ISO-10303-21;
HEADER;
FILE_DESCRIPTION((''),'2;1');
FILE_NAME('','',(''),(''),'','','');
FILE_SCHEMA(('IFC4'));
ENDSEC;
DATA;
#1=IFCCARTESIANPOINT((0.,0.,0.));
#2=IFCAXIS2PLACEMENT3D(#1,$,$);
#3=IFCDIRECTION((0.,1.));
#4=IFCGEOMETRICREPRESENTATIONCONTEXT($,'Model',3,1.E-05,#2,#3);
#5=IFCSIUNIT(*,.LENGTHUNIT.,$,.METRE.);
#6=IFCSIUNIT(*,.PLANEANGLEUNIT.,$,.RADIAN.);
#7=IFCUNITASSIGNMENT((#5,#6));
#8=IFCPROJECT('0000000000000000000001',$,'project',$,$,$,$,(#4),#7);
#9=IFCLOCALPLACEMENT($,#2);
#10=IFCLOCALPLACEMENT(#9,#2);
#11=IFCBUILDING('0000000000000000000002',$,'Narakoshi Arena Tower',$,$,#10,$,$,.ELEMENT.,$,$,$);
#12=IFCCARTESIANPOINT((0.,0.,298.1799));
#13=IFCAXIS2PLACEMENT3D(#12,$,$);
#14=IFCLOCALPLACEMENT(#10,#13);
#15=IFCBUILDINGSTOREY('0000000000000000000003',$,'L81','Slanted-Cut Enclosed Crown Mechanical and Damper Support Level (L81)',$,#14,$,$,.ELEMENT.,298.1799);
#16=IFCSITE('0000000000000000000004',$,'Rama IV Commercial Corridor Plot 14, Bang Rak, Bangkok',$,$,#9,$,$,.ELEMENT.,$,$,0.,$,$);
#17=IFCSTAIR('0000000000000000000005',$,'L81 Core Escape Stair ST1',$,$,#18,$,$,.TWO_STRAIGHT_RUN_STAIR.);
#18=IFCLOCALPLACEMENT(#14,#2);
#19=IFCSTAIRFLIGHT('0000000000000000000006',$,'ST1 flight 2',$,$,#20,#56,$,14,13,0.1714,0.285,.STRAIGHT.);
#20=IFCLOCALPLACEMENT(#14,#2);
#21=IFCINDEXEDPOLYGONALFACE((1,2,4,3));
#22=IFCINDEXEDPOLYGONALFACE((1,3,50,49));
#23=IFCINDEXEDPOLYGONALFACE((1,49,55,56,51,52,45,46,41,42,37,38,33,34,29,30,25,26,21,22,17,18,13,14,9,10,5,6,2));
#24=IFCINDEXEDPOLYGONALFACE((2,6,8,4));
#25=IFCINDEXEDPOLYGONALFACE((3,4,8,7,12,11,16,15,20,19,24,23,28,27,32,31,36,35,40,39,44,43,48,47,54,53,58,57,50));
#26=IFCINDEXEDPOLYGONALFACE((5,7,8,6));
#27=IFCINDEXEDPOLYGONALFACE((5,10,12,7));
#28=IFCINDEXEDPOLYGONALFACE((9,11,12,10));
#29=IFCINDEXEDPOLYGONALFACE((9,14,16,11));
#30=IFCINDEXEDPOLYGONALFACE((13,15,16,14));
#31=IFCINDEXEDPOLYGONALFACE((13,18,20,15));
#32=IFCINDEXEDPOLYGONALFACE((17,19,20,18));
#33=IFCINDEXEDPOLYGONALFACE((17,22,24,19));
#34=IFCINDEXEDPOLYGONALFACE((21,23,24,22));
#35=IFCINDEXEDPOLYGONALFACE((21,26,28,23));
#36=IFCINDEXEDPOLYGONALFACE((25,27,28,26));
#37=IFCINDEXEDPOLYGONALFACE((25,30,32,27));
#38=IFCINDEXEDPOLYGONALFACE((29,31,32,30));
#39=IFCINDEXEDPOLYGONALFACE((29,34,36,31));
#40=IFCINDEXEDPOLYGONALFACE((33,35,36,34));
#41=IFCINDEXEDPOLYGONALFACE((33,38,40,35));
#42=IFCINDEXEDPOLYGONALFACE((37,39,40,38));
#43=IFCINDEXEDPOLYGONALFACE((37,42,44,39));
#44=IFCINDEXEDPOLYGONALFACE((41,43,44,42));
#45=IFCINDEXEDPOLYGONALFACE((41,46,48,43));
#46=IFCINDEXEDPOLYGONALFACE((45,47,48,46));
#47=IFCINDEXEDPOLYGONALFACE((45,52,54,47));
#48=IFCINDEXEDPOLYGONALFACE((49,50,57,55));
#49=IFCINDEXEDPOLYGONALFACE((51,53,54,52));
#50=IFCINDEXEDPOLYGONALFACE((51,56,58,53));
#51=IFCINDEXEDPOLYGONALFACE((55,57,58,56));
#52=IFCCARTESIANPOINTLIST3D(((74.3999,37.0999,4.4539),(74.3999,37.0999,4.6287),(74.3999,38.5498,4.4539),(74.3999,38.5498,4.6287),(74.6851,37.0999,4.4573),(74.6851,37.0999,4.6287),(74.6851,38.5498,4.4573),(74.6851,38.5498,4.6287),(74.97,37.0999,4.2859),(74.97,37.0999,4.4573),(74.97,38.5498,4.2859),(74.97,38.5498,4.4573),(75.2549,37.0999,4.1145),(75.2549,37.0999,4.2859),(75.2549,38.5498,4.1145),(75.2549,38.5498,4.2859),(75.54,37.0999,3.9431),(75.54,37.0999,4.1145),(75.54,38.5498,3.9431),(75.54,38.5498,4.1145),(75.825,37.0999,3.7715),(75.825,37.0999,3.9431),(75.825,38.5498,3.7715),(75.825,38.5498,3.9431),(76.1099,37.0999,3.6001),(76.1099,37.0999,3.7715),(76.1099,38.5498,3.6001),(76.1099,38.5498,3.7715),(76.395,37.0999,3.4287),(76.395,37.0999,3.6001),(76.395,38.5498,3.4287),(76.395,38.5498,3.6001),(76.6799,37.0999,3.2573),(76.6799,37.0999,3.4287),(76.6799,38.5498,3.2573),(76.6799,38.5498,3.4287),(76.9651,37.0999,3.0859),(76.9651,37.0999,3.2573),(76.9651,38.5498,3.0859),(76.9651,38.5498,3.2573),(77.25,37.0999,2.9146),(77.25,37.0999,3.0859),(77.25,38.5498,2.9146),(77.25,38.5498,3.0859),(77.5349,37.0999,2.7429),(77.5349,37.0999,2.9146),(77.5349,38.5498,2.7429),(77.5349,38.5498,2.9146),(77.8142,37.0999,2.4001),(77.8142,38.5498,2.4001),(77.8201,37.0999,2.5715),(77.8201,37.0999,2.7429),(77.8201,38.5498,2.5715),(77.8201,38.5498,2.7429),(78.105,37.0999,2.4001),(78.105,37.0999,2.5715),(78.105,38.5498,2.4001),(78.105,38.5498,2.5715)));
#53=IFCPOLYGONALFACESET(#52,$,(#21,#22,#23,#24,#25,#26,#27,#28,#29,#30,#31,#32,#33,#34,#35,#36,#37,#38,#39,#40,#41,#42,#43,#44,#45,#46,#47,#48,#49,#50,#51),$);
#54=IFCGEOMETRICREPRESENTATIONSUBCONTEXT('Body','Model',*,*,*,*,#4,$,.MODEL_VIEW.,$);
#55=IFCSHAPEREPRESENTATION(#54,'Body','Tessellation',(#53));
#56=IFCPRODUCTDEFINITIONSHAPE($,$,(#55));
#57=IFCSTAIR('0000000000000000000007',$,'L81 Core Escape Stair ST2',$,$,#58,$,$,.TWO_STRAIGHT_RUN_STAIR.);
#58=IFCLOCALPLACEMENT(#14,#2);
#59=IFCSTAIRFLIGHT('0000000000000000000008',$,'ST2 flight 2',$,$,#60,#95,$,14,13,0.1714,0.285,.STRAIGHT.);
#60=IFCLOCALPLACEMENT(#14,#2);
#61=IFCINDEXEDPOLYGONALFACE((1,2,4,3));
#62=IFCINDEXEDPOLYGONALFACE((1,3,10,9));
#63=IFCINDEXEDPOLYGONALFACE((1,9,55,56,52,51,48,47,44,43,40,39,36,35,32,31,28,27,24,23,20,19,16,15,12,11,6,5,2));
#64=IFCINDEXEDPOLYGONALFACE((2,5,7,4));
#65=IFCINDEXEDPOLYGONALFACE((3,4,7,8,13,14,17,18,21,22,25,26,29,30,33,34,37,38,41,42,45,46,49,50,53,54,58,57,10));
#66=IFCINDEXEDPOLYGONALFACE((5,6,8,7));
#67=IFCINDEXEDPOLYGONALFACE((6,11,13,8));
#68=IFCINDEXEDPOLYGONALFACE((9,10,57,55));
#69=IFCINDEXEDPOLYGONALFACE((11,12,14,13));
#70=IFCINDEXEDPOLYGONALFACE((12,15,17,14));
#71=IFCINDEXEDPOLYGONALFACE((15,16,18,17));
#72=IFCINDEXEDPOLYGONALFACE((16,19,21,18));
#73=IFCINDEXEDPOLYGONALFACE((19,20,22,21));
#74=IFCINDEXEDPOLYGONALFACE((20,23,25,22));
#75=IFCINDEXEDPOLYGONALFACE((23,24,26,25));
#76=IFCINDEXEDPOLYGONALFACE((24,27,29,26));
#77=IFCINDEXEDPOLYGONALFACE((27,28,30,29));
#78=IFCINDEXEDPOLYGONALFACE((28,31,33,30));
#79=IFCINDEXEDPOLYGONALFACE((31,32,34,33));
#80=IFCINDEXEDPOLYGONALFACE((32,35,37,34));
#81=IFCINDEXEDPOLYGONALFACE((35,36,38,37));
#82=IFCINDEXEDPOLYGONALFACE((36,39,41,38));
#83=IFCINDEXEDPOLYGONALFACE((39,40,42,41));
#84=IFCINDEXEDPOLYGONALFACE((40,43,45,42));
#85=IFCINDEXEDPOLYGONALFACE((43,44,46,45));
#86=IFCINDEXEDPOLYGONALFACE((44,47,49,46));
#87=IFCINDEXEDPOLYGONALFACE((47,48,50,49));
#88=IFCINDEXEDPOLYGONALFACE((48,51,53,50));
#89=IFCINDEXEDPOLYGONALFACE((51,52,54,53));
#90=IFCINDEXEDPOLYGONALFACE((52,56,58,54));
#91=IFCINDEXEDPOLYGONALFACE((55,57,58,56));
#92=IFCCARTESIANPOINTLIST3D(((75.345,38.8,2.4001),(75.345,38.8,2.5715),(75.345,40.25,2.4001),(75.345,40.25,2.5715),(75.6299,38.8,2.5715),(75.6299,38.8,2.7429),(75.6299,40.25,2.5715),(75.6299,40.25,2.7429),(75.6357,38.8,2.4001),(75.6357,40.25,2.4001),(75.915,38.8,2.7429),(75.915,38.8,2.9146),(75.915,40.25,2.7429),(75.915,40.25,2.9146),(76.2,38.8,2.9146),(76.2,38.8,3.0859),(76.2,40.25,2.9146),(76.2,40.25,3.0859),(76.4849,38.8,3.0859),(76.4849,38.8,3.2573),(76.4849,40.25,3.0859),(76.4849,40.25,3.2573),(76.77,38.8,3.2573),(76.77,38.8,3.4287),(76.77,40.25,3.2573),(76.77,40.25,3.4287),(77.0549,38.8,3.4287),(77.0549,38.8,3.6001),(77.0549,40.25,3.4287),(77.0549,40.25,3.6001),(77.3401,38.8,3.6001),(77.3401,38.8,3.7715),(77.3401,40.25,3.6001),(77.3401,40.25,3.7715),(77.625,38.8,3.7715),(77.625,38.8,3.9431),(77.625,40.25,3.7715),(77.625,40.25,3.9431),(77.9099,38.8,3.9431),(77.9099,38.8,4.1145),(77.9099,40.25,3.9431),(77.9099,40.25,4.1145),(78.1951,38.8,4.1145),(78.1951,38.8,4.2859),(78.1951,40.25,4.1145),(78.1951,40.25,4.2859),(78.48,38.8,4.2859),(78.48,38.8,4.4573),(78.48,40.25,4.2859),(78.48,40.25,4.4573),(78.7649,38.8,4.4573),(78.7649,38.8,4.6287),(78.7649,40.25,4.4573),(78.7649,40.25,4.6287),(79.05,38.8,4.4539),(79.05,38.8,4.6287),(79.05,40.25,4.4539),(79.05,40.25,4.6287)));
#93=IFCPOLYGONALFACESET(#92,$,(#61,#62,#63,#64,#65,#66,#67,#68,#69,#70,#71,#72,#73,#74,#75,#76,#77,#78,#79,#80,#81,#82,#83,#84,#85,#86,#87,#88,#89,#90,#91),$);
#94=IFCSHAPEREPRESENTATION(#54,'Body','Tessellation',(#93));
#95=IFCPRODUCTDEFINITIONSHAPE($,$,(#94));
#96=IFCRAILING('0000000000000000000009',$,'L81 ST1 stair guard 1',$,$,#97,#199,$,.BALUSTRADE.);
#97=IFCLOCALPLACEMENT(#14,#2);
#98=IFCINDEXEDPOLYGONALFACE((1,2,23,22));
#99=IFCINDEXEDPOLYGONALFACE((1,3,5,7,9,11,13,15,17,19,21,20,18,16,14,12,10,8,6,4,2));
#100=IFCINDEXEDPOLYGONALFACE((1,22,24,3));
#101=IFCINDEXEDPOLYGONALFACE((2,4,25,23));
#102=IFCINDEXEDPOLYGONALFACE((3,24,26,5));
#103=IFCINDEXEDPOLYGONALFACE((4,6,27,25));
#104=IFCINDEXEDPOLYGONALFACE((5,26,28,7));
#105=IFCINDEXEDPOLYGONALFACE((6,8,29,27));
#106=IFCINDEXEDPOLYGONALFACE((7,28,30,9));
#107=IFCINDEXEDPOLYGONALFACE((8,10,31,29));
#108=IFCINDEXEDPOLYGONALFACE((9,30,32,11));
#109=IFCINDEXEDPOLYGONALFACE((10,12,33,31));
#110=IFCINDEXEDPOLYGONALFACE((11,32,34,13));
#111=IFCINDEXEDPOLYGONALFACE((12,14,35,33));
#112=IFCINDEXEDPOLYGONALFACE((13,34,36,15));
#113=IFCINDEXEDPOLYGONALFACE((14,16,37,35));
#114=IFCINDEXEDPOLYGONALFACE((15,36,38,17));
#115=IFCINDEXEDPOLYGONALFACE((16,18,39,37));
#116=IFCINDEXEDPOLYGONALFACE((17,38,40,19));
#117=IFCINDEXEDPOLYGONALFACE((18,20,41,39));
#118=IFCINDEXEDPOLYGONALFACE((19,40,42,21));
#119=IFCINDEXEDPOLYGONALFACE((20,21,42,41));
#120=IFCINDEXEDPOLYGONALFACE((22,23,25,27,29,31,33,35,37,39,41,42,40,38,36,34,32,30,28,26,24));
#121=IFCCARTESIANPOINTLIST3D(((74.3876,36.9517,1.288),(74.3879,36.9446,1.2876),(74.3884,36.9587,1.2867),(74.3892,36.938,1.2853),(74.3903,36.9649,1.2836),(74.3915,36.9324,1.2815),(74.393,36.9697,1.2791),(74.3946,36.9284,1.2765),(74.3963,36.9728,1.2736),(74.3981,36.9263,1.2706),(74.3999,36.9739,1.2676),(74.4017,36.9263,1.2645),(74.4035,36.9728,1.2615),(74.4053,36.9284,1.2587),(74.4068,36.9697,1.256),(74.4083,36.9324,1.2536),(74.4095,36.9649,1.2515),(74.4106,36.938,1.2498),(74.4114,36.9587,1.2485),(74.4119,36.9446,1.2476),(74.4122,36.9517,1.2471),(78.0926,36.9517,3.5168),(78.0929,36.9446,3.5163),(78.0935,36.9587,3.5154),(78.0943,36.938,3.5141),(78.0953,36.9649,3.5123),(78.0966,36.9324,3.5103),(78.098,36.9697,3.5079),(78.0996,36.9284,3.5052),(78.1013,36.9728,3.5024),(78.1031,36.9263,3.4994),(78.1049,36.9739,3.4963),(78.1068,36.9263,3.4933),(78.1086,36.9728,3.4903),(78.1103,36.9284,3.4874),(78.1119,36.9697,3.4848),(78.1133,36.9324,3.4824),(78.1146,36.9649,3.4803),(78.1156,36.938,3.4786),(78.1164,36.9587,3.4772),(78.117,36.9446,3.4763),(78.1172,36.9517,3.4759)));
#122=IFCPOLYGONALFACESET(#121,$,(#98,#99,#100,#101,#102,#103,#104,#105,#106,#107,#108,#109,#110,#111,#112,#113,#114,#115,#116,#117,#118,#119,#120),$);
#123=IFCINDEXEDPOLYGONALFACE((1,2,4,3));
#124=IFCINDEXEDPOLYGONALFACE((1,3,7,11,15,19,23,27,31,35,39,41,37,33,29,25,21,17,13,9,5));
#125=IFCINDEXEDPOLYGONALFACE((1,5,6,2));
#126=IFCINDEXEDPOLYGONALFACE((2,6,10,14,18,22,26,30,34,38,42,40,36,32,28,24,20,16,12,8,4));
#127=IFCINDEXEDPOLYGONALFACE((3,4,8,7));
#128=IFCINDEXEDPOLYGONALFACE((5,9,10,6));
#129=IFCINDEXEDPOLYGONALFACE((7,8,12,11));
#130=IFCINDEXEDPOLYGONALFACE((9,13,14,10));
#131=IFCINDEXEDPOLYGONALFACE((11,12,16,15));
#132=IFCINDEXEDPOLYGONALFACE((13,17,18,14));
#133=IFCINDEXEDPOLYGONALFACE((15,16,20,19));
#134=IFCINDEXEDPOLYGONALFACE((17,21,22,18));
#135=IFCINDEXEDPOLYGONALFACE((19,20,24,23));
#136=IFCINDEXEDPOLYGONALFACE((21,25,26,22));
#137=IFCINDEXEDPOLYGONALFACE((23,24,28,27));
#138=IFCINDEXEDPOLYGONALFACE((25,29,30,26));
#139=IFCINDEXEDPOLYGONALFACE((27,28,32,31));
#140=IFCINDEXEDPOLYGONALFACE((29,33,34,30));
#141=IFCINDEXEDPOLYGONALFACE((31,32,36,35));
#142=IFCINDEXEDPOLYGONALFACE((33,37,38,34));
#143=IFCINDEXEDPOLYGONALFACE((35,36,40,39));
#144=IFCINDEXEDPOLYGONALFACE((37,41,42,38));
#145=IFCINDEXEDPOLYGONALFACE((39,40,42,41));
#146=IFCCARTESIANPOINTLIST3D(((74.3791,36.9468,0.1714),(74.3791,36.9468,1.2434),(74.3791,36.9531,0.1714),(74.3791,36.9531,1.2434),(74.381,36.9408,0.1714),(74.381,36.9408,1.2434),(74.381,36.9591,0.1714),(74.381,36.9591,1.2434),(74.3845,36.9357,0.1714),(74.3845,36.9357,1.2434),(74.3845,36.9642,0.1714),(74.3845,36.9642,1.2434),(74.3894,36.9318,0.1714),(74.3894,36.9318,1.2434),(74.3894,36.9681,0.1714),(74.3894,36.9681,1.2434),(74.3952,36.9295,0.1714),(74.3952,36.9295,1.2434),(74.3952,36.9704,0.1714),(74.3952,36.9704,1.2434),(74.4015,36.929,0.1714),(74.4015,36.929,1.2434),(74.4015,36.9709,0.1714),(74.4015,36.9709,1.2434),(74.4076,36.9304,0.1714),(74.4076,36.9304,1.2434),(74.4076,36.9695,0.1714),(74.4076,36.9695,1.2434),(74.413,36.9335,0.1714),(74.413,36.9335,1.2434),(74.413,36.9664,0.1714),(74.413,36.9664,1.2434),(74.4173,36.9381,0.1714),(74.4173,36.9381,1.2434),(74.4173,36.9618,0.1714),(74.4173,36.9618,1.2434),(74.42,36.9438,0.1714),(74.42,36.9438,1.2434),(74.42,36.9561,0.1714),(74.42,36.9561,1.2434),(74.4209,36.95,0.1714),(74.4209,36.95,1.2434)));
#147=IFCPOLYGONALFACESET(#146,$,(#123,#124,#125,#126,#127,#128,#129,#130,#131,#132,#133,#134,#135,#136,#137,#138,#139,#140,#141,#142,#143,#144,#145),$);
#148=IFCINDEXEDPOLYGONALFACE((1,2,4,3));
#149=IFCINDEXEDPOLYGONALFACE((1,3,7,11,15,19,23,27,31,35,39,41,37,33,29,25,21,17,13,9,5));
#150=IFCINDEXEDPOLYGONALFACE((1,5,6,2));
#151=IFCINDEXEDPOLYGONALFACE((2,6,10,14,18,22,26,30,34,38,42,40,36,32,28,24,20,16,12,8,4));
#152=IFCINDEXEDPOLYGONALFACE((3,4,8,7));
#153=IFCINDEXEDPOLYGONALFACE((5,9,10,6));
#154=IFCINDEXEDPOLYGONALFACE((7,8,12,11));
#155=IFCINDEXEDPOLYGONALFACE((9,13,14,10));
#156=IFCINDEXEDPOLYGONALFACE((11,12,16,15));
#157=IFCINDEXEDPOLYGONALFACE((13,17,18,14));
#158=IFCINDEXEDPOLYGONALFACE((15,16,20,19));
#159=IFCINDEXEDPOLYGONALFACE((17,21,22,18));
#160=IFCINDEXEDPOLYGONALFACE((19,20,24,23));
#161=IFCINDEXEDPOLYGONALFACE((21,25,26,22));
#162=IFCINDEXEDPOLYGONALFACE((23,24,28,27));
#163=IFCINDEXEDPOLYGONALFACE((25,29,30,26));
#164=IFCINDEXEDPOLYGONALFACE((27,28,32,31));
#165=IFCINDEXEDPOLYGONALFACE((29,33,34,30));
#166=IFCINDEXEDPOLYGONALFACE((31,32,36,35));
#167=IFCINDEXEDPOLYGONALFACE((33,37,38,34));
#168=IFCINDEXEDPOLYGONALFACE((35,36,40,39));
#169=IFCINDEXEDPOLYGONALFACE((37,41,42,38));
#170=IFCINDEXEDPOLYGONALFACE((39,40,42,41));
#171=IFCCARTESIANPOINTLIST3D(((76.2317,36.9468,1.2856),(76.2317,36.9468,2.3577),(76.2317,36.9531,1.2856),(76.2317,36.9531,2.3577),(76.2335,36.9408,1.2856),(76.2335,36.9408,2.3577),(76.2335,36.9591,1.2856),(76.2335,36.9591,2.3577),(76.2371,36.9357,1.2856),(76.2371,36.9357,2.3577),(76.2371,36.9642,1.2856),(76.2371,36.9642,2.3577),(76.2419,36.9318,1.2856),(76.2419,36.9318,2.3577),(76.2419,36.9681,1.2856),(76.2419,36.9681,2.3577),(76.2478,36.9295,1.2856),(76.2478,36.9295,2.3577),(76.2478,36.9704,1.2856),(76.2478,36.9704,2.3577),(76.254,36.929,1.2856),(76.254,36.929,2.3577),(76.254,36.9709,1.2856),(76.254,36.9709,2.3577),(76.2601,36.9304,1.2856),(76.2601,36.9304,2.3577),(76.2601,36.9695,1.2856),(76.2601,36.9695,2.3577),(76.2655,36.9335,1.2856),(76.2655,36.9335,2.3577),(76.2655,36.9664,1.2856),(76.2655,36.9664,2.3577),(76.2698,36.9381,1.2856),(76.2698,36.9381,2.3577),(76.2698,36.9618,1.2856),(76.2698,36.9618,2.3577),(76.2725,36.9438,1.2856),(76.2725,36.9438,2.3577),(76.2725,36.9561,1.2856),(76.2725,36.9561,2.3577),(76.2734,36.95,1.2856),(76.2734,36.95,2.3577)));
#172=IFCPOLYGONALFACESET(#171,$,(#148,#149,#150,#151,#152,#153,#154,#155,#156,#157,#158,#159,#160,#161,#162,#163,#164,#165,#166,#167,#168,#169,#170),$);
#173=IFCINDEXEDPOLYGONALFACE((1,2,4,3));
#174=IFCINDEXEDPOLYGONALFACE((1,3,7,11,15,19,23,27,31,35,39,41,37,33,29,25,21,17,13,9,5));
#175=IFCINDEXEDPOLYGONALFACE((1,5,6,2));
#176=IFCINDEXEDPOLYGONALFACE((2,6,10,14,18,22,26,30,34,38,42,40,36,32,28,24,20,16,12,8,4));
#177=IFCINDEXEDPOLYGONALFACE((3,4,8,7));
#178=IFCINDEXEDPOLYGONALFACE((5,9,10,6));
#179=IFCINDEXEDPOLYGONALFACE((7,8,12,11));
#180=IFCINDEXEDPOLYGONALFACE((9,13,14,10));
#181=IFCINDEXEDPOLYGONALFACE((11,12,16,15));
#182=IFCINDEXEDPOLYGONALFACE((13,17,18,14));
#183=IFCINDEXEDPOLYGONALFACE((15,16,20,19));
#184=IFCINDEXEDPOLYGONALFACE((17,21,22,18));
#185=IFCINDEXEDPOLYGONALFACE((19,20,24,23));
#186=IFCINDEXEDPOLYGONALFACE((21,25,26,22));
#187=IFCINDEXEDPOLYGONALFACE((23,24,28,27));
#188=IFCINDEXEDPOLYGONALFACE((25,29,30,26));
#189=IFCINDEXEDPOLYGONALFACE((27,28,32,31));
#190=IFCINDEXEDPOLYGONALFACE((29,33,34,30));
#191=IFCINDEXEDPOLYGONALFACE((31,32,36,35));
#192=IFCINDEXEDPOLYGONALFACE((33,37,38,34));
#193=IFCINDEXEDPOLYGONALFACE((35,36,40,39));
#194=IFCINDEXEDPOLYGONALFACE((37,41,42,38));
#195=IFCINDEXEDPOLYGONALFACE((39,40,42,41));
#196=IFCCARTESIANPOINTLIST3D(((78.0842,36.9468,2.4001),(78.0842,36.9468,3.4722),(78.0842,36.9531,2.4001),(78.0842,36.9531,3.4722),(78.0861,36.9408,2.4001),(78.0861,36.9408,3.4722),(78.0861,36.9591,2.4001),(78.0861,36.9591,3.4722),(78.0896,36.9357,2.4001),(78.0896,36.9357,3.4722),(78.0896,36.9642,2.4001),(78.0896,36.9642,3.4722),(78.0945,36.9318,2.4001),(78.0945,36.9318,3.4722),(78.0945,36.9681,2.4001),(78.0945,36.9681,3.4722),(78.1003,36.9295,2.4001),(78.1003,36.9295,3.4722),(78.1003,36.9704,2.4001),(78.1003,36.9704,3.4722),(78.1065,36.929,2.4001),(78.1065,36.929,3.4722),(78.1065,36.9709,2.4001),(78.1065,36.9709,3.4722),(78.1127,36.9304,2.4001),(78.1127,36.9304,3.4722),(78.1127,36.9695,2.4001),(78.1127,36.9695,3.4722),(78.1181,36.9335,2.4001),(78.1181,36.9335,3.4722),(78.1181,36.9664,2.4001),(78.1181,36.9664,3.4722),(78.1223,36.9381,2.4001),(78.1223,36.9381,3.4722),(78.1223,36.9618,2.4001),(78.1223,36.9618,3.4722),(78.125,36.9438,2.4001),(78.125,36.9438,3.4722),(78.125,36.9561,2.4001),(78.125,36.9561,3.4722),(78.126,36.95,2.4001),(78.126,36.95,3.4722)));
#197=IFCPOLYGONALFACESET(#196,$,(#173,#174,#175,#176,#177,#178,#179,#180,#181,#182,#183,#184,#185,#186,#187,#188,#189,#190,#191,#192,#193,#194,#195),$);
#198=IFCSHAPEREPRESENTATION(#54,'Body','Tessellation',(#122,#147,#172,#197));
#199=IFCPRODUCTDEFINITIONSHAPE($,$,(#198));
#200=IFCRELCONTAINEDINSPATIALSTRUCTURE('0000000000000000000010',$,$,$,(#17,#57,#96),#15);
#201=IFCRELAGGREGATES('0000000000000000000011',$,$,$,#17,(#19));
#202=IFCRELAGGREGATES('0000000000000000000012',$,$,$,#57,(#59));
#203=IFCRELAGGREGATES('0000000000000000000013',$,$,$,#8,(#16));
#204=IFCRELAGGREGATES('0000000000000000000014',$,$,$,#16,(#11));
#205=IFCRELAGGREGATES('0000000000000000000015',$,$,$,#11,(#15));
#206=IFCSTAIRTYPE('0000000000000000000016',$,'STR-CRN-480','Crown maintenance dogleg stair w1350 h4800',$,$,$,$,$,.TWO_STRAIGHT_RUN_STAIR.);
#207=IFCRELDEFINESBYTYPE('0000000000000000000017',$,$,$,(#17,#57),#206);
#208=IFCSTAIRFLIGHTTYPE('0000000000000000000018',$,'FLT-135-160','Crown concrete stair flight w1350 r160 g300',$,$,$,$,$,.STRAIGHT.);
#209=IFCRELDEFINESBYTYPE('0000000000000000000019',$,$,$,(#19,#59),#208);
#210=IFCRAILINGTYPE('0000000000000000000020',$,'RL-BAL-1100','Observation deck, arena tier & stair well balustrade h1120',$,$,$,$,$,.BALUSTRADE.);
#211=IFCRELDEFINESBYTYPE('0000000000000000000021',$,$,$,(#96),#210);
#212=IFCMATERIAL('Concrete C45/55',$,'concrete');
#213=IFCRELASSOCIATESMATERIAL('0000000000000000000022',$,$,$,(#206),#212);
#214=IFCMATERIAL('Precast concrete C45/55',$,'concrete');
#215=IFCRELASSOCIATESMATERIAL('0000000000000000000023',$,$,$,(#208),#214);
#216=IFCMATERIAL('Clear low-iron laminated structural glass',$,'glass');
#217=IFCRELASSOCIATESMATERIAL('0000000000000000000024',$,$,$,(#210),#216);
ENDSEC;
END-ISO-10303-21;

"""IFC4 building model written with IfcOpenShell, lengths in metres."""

from ifc_helpers import new_model, si_unit, direction, frame, origin, origin_2d, place, context, subcontext, project, spatial, polyline, circle, outline, extrude, material, type_object, element, aggregate, save


model = new_model("IFC4")

# Units and contexts
model_context = context("Model", 3, precision=1e-05, world=origin(), true_north=direction((0.0, 1.0)))
body_context = subcontext(model_context, "Body", "Model", "MODEL_VIEW")
ifc_project = project(units=[si_unit("LENGTHUNIT", "METRE"), si_unit("PLANEANGLEUNIT", "RADIAN")], contexts=[model_context])

# Site, building, storey
site_placement = place(None, origin())
site = spatial("IfcSite", under=ifc_project, at=site_placement, Name="Rama IV Commercial Corridor Plot 14, Bang Rak, Bangkok", CompositionType="ELEMENT", RefElevation=0.0)
building_placement = place(site_placement, origin())
building = spatial("IfcBuilding", under=site, at=building_placement, Name="Narakoshi Arena Tower", CompositionType="ELEMENT")
storey_placement = place(building_placement, frame((0.0, 0.0, 298.1799)))
storey = spatial("IfcBuildingStorey", under=building, at=storey_placement, Name="L81", Description="Slanted-Cut Enclosed Crown Mechanical and Damper Support Level (L81)", CompositionType="ELEMENT", Elevation=298.1799)

# Shared definitions
ifc_material_1 = material(Name="Precast concrete C45/55", Category="concrete")

# Stair, stair flight
ifc_material_2 = material(Name="Concrete C45/55", Category="concrete")
stair_type = type_object("IfcStairType", Name="STR-CRN-480", Description="Crown maintenance dogleg stair w1350 h4800", PredefinedType="TWO_STRAIGHT_RUN_STAIR", material=ifc_material_2)
stair_1_placement = place(storey_placement, origin())
stair_1 = element("IfcStair", 1, at=stair_1_placement, inside=storey, type_object=stair_type, Name="L81 Core Escape Stair ST1", PredefinedType="TWO_STRAIGHT_RUN_STAIR")
stair_flight_type = type_object("IfcStairFlightType", Name="FLT-135-160", Description="Crown concrete stair flight w1350 r160 g300", PredefinedType="STRAIGHT", material=ifc_material_1)
stair_flight_1_placement = place(storey_placement, frame((78.105, 37.825, 2.4001), z_axis=(0.0, 0.0, 1.0), x_axis=(-1.0, 0.0, 0.0)))
stair_flight_1 = element("IfcStairFlight", 2, at=stair_flight_1_placement, type_object=stair_flight_type, Name="ST1 flight 2", NumberOfRisers=14, NumberOfTreads=13, PredefinedType="STRAIGHT", RiserHeight=0.1714, TreadLength=0.285, context=body_context, shape_type="SweptSolid", body=[
    extrude(outline(polyline([(0.0, 0.0), (0.0, 0.1714), (0.2849, 0.1714), (0.2849, 0.3428), (0.5701, 0.3428), (0.5701, 0.5144), (0.855, 0.5144), (0.855, 0.6858), (1.1399, 0.6858), (1.1399, 0.8572), (1.425, 0.8572), (1.425, 1.0286), (1.71, 1.0286), (1.71, 1.2), (1.9951, 1.2), (1.9951, 1.3713), (2.28, 1.3713), (2.28, 1.543), (2.5649, 1.543), (2.5649, 1.7144), (2.8501, 1.7144), (2.8501, 1.8857), (3.135, 1.8857), (3.135, 2.0571), (3.4199, 2.0571), (3.4199, 2.2285), (3.7051, 2.2285), (3.7051, 2.3999), (3.7051, 2.0537), (0.2908, 0.0), (0.0, 0.0)])), frame((0.0, 0.7251, 0.0), z_axis=(0.0, -1.0, 0.0), x_axis=(1.0, 0.0, 0.0)), (0.0, 0.0, 1.0), 1.45),
])
aggregate(stair_1, [stair_flight_1])

# Stair, stair flight
stair_2_placement = place(storey_placement, origin())
stair_2 = element("IfcStair", 3, at=stair_2_placement, inside=storey, type_object=stair_type, Name="L81 Core Escape Stair ST2", PredefinedType="TWO_STRAIGHT_RUN_STAIR")
stair_flight_2_placement = place(storey_placement, frame((75.345, 39.5249, 2.4001), z_axis=(0.0, 0.0, 1.0), x_axis=(1.0, 0.0, 0.0)))
stair_flight_2 = element("IfcStairFlight", 4, at=stair_flight_2_placement, type_object=stair_flight_type, Name="ST2 flight 2", NumberOfRisers=14, NumberOfTreads=13, PredefinedType="STRAIGHT", RiserHeight=0.1714, TreadLength=0.285, context=body_context, shape_type="SweptSolid", body=[
    extrude(outline(polyline([(0.0, 0.0), (0.0, 0.1714), (0.2849, 0.1714), (0.2849, 0.3428), (0.5701, 0.3428), (0.5701, 0.5144), (0.855, 0.5144), (0.855, 0.6858), (1.1399, 0.6858), (1.1399, 0.8572), (1.425, 0.8572), (1.425, 1.0286), (1.71, 1.0286), (1.71, 1.2), (1.9951, 1.2), (1.9951, 1.3713), (2.28, 1.3713), (2.28, 1.543), (2.5649, 1.543), (2.5649, 1.7144), (2.8501, 1.7144), (2.8501, 1.8857), (3.135, 1.8857), (3.135, 2.0571), (3.4199, 2.0571), (3.4199, 2.2285), (3.7051, 2.2285), (3.7051, 2.3999), (3.7051, 2.0537), (0.2908, 0.0), (0.0, 0.0)])), frame((0.0, 0.7251, 0.0), z_axis=(0.0, -1.0, 0.0), x_axis=(1.0, 0.0, 0.0)), (0.0, 0.0, 1.0), 1.45),
])
aggregate(stair_2, [stair_flight_2])

# Railing
ifc_material_3 = material(Name="Clear low-iron laminated structural glass", Category="glass")
railing_type_1 = type_object("IfcRailingType", Name="RL-BAL-1100", Description="Observation deck, arena tier & stair well balustrade h1120", PredefinedType="BALUSTRADE", material=ifc_material_3)
railing_1_placement = place(storey_placement, frame((74.3999, 36.95, 0.1714)))
element("IfcRailing", 5, at=railing_1_placement, inside=storey, type_object=railing_type_1, Name="L81 ST1 stair guard 1", PredefinedType="BALUSTRADE", context=body_context, shape_type="SweptSolid", body=[
    extrude(circle(Radius=0.0239, at=origin_2d()), frame((0.0, 0.0, 1.0962), z_axis=(0.856909, 0.0, 0.515467), x_axis=(0.0, 1.0, 0.0)), (0.0, 0.0, 1.0), 4.3237),
    extrude(circle(Radius=0.021, at=origin_2d()), origin(), (0.0, 0.0, 1.0), 1.072),
    extrude(circle(Radius=0.021, at=origin_2d()), frame((1.8525, 0.0, 1.1143)), (0.0, 0.0, 1.0), 1.072),
    extrude(circle(Radius=0.021, at=origin_2d()), frame((3.7051, 0.0, 2.2288)), (0.0, 0.0, 1.0), 1.072),
])

save(model, "model.ifc")
